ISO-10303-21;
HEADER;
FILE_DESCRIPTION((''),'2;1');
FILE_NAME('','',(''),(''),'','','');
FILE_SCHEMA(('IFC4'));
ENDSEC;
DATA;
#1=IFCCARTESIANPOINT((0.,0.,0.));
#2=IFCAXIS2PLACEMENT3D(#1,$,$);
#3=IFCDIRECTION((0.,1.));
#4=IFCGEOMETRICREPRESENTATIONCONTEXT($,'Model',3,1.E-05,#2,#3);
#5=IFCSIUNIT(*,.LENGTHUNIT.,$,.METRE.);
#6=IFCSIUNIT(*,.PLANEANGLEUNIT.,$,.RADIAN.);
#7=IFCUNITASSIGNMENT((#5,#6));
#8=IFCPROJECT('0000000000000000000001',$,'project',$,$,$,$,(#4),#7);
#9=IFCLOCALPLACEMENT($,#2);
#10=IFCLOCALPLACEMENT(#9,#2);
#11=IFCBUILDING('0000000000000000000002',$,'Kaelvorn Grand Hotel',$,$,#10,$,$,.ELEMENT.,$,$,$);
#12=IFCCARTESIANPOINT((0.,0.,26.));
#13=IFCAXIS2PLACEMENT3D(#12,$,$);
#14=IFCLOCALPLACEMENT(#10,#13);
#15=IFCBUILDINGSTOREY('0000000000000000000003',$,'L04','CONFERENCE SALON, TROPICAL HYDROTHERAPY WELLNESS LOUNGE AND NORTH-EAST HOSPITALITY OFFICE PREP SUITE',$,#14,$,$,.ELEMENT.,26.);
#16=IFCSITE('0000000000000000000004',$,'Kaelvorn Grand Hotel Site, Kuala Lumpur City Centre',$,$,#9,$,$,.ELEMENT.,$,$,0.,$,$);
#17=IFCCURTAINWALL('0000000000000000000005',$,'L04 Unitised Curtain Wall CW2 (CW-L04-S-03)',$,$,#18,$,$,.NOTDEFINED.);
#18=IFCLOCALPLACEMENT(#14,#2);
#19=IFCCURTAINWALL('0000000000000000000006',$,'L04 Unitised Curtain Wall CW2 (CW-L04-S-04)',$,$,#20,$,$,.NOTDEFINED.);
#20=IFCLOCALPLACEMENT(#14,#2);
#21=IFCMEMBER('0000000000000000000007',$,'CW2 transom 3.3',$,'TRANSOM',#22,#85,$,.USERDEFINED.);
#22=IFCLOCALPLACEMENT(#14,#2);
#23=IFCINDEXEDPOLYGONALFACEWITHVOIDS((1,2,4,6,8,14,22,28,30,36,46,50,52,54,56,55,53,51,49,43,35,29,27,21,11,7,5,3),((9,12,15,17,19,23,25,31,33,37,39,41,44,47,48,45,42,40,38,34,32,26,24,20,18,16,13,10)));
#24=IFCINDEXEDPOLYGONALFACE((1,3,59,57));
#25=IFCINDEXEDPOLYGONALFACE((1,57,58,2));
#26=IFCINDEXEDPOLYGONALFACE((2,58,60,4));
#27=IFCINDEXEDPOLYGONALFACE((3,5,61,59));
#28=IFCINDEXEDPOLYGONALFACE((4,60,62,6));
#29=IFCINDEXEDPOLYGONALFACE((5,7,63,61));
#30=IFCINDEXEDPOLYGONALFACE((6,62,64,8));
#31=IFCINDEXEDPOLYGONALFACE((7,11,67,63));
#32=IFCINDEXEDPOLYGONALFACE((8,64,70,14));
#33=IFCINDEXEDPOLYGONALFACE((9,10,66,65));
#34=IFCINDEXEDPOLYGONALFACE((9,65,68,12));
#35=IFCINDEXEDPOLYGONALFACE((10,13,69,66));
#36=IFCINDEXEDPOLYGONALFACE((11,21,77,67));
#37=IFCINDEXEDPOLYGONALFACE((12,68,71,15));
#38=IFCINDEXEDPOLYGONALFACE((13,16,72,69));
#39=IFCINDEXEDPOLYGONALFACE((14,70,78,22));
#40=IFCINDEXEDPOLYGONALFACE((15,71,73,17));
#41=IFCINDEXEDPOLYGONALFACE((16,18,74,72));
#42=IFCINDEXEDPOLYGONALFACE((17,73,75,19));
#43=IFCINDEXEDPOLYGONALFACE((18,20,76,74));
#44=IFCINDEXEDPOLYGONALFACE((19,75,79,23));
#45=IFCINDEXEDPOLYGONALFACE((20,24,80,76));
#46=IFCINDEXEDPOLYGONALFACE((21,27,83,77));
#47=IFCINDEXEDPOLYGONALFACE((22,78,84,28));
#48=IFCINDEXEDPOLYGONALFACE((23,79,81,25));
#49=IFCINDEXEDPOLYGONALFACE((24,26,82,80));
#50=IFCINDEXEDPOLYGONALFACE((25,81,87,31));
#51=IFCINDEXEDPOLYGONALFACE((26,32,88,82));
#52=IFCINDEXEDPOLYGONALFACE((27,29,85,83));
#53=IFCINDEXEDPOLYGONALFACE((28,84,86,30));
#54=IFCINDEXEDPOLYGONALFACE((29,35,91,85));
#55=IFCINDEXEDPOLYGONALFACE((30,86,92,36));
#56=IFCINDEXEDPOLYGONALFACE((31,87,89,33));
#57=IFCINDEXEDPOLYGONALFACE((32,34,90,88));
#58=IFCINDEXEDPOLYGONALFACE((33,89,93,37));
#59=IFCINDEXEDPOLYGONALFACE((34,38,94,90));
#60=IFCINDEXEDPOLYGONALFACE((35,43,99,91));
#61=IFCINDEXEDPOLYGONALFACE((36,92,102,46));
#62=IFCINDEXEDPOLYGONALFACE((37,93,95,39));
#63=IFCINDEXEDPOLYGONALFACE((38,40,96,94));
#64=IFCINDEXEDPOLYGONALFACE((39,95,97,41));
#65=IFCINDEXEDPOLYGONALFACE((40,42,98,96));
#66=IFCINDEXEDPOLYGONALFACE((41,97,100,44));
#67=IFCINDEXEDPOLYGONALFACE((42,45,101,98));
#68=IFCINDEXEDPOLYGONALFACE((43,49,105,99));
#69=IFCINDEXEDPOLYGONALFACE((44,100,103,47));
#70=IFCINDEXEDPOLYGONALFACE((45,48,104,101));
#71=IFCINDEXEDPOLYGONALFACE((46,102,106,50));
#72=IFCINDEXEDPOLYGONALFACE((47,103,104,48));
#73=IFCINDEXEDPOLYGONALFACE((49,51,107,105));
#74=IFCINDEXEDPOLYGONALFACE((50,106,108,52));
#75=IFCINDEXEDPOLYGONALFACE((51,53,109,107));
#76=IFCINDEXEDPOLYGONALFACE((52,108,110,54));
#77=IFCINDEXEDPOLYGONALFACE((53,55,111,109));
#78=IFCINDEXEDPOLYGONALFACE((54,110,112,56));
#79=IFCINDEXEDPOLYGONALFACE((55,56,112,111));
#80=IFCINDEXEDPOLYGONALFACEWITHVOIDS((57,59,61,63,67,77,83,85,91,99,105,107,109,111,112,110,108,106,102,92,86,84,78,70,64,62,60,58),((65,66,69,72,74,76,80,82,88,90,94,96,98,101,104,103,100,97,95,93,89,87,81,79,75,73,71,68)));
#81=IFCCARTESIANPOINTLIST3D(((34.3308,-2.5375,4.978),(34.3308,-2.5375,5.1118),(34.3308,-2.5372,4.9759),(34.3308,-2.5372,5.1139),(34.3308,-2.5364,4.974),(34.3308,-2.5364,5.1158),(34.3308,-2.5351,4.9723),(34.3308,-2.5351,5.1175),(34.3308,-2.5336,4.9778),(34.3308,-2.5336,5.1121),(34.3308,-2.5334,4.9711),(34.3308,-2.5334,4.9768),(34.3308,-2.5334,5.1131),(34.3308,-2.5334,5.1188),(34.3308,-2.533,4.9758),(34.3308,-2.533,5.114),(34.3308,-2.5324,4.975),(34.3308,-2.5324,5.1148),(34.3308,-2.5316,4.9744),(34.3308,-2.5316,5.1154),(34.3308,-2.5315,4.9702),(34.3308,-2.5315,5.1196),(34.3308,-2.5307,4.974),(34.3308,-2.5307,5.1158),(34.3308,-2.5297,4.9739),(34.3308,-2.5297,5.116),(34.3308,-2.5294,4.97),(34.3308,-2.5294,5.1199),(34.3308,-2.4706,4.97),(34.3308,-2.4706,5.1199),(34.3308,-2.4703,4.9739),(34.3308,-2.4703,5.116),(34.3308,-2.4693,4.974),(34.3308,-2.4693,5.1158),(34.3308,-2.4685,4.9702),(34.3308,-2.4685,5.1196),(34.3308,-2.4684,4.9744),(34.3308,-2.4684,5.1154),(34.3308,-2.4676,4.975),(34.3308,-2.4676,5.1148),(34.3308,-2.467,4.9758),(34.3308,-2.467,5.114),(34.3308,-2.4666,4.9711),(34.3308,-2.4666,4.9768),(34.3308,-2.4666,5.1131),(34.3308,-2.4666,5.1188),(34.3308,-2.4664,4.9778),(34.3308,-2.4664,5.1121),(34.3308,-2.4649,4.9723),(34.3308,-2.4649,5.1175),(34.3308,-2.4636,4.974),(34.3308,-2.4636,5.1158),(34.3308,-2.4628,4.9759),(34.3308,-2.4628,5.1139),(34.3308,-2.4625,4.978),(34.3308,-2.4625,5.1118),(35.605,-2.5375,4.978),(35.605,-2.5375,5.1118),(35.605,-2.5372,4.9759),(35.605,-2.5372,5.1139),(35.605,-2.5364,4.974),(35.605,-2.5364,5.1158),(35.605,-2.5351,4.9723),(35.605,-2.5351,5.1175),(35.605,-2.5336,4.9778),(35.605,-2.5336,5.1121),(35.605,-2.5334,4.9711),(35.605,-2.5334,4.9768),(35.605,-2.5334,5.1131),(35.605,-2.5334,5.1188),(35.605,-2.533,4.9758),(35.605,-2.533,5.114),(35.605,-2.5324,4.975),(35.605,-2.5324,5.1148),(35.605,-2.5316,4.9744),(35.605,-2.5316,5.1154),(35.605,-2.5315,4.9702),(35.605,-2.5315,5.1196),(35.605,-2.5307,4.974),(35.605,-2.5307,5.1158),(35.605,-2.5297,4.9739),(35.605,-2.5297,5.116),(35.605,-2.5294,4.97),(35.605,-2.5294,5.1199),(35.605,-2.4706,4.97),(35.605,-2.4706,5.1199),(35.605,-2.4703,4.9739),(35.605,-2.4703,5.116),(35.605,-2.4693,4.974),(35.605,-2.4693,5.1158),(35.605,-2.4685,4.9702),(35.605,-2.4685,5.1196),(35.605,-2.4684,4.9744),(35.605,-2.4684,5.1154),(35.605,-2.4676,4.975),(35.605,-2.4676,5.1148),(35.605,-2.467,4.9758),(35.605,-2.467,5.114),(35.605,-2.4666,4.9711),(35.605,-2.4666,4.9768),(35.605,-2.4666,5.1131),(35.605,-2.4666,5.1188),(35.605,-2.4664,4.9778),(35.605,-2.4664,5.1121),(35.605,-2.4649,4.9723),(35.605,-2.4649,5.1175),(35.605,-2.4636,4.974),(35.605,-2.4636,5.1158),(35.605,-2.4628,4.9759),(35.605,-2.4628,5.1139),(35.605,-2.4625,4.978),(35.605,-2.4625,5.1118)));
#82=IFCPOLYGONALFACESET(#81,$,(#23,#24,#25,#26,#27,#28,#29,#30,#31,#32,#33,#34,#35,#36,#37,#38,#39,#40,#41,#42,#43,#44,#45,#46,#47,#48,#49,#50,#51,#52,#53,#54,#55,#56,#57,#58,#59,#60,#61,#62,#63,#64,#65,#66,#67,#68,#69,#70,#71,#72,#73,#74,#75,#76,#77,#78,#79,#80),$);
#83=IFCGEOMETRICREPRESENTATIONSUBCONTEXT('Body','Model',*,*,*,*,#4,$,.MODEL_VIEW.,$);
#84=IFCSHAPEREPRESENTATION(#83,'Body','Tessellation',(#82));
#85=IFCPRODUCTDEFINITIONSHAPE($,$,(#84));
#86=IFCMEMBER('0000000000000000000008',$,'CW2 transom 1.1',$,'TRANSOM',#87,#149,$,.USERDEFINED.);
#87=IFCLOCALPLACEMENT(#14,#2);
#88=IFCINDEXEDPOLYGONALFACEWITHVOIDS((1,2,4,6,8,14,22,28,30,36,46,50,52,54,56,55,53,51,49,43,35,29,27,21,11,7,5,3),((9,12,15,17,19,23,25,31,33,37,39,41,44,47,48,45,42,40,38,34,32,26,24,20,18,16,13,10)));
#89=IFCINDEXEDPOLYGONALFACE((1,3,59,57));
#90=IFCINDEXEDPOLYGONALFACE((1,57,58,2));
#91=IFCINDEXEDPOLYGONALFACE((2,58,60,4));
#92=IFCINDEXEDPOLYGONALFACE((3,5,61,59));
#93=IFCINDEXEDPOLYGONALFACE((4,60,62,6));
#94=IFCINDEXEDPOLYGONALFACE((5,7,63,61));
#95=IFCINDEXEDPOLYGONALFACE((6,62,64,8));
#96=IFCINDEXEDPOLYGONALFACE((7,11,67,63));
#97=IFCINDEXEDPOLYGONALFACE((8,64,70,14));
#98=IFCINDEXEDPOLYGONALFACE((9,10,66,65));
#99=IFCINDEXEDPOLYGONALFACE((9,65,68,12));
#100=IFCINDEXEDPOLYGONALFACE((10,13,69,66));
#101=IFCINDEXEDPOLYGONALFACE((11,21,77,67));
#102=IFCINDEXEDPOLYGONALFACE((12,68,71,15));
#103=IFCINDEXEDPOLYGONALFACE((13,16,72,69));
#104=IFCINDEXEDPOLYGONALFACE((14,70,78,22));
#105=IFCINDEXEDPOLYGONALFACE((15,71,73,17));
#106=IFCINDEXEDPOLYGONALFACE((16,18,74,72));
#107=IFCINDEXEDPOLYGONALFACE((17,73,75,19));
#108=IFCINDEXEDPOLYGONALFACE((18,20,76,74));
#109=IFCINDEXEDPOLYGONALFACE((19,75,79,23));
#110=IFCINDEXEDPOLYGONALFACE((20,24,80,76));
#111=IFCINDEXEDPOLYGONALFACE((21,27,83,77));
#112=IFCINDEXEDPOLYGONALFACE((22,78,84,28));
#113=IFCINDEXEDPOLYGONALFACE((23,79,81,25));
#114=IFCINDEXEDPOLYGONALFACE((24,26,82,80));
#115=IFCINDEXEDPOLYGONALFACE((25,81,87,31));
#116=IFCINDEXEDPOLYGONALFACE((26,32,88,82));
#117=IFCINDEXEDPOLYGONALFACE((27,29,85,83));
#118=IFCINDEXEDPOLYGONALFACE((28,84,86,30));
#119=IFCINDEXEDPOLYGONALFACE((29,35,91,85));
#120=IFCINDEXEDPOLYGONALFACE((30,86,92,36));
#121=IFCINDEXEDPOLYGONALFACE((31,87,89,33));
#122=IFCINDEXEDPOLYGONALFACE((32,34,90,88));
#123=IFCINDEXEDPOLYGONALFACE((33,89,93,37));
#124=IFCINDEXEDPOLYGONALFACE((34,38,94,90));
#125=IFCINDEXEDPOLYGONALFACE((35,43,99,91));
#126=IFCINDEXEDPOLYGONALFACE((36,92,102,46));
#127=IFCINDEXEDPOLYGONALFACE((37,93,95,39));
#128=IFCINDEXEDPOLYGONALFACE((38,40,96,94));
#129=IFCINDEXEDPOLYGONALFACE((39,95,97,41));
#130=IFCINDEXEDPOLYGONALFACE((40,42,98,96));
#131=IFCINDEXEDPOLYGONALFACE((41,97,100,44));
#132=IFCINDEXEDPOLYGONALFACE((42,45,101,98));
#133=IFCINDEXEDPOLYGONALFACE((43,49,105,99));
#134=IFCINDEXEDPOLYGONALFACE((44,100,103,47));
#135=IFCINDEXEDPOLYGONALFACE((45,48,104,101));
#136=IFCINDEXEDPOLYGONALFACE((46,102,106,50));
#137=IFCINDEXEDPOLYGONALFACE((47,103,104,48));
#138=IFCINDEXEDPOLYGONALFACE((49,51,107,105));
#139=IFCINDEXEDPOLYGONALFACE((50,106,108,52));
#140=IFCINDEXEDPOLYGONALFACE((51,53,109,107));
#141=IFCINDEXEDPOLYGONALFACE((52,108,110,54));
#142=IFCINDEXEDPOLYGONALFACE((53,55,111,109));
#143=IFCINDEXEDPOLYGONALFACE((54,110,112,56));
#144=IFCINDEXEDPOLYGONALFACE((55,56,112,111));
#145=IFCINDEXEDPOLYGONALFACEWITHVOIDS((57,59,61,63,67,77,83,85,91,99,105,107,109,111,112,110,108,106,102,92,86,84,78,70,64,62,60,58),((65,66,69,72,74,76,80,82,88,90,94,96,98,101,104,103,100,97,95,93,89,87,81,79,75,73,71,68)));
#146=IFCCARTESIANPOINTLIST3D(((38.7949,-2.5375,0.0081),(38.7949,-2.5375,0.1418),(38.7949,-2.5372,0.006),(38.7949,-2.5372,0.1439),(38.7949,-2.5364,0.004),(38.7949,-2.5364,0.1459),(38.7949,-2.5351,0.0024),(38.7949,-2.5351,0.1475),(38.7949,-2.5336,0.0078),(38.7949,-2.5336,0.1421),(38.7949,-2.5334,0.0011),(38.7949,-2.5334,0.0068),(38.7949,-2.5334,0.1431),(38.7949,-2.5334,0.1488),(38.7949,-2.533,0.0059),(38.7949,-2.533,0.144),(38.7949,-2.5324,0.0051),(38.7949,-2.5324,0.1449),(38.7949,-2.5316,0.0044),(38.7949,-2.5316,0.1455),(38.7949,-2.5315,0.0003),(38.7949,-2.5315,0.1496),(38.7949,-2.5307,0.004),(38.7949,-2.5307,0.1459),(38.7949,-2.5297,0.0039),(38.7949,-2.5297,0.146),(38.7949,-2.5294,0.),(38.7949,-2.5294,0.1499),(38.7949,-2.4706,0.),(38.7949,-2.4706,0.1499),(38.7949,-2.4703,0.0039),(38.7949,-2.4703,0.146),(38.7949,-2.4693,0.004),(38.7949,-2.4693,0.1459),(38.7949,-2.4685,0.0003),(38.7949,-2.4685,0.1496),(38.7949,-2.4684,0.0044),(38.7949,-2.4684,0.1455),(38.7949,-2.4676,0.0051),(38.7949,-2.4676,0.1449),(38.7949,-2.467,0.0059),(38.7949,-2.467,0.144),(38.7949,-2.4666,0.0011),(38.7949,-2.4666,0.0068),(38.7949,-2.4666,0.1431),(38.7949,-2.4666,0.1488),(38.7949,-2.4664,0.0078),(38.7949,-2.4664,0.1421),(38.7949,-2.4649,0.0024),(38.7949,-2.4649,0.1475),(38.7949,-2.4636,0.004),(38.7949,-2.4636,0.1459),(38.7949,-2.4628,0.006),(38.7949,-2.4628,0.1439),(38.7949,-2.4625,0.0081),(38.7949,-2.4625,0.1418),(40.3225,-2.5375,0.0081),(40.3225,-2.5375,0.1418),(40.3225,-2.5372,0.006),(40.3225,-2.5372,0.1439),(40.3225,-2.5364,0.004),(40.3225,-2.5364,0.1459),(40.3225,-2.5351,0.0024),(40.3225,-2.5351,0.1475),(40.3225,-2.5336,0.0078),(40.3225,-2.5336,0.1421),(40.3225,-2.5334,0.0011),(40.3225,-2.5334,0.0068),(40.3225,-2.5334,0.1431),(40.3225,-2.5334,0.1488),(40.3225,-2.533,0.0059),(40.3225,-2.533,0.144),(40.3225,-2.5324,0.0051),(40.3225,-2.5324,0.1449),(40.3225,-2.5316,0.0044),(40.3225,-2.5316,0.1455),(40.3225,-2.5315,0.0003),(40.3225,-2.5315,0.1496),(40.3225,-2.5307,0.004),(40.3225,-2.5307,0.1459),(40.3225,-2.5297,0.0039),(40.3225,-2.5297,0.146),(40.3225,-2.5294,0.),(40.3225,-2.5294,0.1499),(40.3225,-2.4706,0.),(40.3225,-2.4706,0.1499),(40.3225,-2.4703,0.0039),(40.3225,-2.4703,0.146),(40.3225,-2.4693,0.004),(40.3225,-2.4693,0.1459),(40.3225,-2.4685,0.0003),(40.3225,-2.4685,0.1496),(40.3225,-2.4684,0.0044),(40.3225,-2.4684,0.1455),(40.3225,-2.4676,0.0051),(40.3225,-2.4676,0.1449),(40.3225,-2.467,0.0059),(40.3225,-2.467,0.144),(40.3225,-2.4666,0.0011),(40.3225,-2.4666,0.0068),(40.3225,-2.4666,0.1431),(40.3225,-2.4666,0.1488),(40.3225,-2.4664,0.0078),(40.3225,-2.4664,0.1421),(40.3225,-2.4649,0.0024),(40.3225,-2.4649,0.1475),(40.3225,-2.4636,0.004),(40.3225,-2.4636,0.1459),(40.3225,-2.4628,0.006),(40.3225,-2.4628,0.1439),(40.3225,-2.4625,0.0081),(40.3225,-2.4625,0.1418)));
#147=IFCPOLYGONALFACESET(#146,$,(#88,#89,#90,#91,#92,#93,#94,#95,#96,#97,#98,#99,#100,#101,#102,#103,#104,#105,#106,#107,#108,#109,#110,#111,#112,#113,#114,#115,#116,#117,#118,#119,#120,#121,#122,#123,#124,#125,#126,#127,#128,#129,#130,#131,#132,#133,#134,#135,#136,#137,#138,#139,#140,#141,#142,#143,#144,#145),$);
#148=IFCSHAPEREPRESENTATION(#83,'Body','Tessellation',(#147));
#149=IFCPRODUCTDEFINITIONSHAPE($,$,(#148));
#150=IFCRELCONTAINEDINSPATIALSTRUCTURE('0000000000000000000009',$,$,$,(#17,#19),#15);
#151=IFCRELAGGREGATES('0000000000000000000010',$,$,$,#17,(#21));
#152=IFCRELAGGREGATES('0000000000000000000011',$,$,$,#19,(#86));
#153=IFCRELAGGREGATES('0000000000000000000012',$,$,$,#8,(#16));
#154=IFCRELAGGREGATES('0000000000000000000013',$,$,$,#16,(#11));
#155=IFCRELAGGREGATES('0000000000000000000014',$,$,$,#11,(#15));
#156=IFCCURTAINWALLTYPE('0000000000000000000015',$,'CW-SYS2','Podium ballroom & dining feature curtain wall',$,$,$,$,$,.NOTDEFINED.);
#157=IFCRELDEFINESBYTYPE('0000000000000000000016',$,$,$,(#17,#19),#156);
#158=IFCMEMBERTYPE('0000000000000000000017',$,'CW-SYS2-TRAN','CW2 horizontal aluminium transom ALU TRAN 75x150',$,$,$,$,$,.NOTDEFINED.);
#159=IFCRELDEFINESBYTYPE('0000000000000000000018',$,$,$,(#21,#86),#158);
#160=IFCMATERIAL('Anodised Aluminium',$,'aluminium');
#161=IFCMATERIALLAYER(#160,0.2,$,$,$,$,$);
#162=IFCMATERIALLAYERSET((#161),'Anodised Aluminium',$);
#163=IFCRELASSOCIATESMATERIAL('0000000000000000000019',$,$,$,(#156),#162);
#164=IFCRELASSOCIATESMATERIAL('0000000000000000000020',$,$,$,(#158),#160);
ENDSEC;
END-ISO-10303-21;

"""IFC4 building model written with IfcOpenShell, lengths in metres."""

from ifc_helpers import new_model, si_unit, direction, frame, origin, origin_2d, place, context, subcontext, project, spatial, hollow_rectangle, extrude, material, layer, layer_set, material_profile, profile_set, type_object, element, aggregate, save


model = new_model("IFC4")

# Units and contexts
model_context = context("Model", 3, precision=1e-05, world=origin(), true_north=direction((0.0, 1.0)))
body_context = subcontext(model_context, "Body", "Model", "MODEL_VIEW")
ifc_project = project(units=[si_unit("LENGTHUNIT", "METRE"), si_unit("PLANEANGLEUNIT", "RADIAN")], contexts=[model_context])

# Site, building, storey
site_placement = place(None, origin())
site = spatial("IfcSite", under=ifc_project, at=site_placement, Name="Kaelvorn Grand Hotel Site, Kuala Lumpur City Centre", CompositionType="ELEMENT", RefElevation=0.0)
building_placement = place(site_placement, origin())
building = spatial("IfcBuilding", under=site, at=building_placement, Name="Kaelvorn Grand Hotel", CompositionType="ELEMENT")
storey_placement = place(building_placement, frame((0.0, 0.0, 26.0)))
storey = spatial("IfcBuildingStorey", under=building, at=storey_placement, Name="L04", Description="CONFERENCE SALON, TROPICAL HYDROTHERAPY WELLNESS LOUNGE AND NORTH-EAST HOSPITALITY OFFICE PREP SUITE", CompositionType="ELEMENT", Elevation=26.0)

# Curtain walls
ifc_material_1 = material(Name="Anodised Aluminium", Category="aluminium")
ifc_layer_1 = layer(ifc_material_1, 0.2)
ifc_layer_set_1 = layer_set([ifc_layer_1], Name="Anodised Aluminium")
curtain_wall_type = type_object("IfcCurtainWallType", Name="CW-SYS2", Description="Podium ballroom & dining feature curtain wall", PredefinedType="NOTDEFINED", material=ifc_layer_set_1)
curtain_wall_1_placement = place(storey_placement, origin())
curtain_wall_1 = element("IfcCurtainWall", 1, at=curtain_wall_1_placement, inside=storey, type_object=curtain_wall_type, Name="L04 Unitised Curtain Wall CW2 (CW-L04-S-03)", PredefinedType="NOTDEFINED")
curtain_wall_2_placement = place(storey_placement, origin())
curtain_wall_2 = element("IfcCurtainWall", 2, at=curtain_wall_2_placement, inside=storey, type_object=curtain_wall_type, Name="L04 Unitised Curtain Wall CW2 (CW-L04-S-04)", PredefinedType="NOTDEFINED")

# Members
ifc_material_profile_1 = material_profile(ifc_material_1, hollow_rectangle(XDim=0.075, YDim=0.1499, WallThickness=0.0039, InnerFilletRadius=0.0039, OuterFilletRadius=0.0081, at=origin_2d()), Name="ALU TRAN 75x150")
ifc_profile_set_1 = profile_set([ifc_material_profile_1], Name="Anodised Aluminium")
member_type_1 = type_object("IfcMemberType", Name="CW-SYS2-TRAN", Description="CW2 horizontal aluminium transom ALU TRAN 75x150", PredefinedType="NOTDEFINED", material=ifc_profile_set_1)
member_1_placement = place(storey_placement, frame((34.3308, -2.5, 5.0449), z_axis=(1.0, 0.0, 0.0), x_axis=(0.0, 1.0, 0.0)))
member_1 = element("IfcMember", 3, at=member_1_placement, type_object=member_type_1, Name="CW2 transom 3.3", ObjectType="TRANSOM", PredefinedType="USERDEFINED", context=body_context, shape_type="SweptSolid", body=[
    extrude(hollow_rectangle(XDim=0.075, YDim=0.1499, WallThickness=0.0039, InnerFilletRadius=0.0039, OuterFilletRadius=0.0081, at=origin_2d()), origin(), (0.0, 0.0, 1.0), 1.2742),
])
member_2_placement = place(storey_placement, frame((38.7949, -2.5, 0.075), z_axis=(1.0, 0.0, 0.0), x_axis=(0.0, 1.0, 0.0)))
member_2 = element("IfcMember", 4, at=member_2_placement, type_object=member_type_1, Name="CW2 transom 1.1", ObjectType="TRANSOM", PredefinedType="USERDEFINED", context=body_context, shape_type="SweptSolid", body=[
    extrude(hollow_rectangle(XDim=0.075, YDim=0.1499, WallThickness=0.0039, InnerFilletRadius=0.0039, OuterFilletRadius=0.0081, at=origin_2d()), origin(), (0.0, 0.0, 1.0), 1.5276),
])

aggregate(curtain_wall_1, [member_1])
aggregate(curtain_wall_2, [member_2])

save(model, "model.ifc")
